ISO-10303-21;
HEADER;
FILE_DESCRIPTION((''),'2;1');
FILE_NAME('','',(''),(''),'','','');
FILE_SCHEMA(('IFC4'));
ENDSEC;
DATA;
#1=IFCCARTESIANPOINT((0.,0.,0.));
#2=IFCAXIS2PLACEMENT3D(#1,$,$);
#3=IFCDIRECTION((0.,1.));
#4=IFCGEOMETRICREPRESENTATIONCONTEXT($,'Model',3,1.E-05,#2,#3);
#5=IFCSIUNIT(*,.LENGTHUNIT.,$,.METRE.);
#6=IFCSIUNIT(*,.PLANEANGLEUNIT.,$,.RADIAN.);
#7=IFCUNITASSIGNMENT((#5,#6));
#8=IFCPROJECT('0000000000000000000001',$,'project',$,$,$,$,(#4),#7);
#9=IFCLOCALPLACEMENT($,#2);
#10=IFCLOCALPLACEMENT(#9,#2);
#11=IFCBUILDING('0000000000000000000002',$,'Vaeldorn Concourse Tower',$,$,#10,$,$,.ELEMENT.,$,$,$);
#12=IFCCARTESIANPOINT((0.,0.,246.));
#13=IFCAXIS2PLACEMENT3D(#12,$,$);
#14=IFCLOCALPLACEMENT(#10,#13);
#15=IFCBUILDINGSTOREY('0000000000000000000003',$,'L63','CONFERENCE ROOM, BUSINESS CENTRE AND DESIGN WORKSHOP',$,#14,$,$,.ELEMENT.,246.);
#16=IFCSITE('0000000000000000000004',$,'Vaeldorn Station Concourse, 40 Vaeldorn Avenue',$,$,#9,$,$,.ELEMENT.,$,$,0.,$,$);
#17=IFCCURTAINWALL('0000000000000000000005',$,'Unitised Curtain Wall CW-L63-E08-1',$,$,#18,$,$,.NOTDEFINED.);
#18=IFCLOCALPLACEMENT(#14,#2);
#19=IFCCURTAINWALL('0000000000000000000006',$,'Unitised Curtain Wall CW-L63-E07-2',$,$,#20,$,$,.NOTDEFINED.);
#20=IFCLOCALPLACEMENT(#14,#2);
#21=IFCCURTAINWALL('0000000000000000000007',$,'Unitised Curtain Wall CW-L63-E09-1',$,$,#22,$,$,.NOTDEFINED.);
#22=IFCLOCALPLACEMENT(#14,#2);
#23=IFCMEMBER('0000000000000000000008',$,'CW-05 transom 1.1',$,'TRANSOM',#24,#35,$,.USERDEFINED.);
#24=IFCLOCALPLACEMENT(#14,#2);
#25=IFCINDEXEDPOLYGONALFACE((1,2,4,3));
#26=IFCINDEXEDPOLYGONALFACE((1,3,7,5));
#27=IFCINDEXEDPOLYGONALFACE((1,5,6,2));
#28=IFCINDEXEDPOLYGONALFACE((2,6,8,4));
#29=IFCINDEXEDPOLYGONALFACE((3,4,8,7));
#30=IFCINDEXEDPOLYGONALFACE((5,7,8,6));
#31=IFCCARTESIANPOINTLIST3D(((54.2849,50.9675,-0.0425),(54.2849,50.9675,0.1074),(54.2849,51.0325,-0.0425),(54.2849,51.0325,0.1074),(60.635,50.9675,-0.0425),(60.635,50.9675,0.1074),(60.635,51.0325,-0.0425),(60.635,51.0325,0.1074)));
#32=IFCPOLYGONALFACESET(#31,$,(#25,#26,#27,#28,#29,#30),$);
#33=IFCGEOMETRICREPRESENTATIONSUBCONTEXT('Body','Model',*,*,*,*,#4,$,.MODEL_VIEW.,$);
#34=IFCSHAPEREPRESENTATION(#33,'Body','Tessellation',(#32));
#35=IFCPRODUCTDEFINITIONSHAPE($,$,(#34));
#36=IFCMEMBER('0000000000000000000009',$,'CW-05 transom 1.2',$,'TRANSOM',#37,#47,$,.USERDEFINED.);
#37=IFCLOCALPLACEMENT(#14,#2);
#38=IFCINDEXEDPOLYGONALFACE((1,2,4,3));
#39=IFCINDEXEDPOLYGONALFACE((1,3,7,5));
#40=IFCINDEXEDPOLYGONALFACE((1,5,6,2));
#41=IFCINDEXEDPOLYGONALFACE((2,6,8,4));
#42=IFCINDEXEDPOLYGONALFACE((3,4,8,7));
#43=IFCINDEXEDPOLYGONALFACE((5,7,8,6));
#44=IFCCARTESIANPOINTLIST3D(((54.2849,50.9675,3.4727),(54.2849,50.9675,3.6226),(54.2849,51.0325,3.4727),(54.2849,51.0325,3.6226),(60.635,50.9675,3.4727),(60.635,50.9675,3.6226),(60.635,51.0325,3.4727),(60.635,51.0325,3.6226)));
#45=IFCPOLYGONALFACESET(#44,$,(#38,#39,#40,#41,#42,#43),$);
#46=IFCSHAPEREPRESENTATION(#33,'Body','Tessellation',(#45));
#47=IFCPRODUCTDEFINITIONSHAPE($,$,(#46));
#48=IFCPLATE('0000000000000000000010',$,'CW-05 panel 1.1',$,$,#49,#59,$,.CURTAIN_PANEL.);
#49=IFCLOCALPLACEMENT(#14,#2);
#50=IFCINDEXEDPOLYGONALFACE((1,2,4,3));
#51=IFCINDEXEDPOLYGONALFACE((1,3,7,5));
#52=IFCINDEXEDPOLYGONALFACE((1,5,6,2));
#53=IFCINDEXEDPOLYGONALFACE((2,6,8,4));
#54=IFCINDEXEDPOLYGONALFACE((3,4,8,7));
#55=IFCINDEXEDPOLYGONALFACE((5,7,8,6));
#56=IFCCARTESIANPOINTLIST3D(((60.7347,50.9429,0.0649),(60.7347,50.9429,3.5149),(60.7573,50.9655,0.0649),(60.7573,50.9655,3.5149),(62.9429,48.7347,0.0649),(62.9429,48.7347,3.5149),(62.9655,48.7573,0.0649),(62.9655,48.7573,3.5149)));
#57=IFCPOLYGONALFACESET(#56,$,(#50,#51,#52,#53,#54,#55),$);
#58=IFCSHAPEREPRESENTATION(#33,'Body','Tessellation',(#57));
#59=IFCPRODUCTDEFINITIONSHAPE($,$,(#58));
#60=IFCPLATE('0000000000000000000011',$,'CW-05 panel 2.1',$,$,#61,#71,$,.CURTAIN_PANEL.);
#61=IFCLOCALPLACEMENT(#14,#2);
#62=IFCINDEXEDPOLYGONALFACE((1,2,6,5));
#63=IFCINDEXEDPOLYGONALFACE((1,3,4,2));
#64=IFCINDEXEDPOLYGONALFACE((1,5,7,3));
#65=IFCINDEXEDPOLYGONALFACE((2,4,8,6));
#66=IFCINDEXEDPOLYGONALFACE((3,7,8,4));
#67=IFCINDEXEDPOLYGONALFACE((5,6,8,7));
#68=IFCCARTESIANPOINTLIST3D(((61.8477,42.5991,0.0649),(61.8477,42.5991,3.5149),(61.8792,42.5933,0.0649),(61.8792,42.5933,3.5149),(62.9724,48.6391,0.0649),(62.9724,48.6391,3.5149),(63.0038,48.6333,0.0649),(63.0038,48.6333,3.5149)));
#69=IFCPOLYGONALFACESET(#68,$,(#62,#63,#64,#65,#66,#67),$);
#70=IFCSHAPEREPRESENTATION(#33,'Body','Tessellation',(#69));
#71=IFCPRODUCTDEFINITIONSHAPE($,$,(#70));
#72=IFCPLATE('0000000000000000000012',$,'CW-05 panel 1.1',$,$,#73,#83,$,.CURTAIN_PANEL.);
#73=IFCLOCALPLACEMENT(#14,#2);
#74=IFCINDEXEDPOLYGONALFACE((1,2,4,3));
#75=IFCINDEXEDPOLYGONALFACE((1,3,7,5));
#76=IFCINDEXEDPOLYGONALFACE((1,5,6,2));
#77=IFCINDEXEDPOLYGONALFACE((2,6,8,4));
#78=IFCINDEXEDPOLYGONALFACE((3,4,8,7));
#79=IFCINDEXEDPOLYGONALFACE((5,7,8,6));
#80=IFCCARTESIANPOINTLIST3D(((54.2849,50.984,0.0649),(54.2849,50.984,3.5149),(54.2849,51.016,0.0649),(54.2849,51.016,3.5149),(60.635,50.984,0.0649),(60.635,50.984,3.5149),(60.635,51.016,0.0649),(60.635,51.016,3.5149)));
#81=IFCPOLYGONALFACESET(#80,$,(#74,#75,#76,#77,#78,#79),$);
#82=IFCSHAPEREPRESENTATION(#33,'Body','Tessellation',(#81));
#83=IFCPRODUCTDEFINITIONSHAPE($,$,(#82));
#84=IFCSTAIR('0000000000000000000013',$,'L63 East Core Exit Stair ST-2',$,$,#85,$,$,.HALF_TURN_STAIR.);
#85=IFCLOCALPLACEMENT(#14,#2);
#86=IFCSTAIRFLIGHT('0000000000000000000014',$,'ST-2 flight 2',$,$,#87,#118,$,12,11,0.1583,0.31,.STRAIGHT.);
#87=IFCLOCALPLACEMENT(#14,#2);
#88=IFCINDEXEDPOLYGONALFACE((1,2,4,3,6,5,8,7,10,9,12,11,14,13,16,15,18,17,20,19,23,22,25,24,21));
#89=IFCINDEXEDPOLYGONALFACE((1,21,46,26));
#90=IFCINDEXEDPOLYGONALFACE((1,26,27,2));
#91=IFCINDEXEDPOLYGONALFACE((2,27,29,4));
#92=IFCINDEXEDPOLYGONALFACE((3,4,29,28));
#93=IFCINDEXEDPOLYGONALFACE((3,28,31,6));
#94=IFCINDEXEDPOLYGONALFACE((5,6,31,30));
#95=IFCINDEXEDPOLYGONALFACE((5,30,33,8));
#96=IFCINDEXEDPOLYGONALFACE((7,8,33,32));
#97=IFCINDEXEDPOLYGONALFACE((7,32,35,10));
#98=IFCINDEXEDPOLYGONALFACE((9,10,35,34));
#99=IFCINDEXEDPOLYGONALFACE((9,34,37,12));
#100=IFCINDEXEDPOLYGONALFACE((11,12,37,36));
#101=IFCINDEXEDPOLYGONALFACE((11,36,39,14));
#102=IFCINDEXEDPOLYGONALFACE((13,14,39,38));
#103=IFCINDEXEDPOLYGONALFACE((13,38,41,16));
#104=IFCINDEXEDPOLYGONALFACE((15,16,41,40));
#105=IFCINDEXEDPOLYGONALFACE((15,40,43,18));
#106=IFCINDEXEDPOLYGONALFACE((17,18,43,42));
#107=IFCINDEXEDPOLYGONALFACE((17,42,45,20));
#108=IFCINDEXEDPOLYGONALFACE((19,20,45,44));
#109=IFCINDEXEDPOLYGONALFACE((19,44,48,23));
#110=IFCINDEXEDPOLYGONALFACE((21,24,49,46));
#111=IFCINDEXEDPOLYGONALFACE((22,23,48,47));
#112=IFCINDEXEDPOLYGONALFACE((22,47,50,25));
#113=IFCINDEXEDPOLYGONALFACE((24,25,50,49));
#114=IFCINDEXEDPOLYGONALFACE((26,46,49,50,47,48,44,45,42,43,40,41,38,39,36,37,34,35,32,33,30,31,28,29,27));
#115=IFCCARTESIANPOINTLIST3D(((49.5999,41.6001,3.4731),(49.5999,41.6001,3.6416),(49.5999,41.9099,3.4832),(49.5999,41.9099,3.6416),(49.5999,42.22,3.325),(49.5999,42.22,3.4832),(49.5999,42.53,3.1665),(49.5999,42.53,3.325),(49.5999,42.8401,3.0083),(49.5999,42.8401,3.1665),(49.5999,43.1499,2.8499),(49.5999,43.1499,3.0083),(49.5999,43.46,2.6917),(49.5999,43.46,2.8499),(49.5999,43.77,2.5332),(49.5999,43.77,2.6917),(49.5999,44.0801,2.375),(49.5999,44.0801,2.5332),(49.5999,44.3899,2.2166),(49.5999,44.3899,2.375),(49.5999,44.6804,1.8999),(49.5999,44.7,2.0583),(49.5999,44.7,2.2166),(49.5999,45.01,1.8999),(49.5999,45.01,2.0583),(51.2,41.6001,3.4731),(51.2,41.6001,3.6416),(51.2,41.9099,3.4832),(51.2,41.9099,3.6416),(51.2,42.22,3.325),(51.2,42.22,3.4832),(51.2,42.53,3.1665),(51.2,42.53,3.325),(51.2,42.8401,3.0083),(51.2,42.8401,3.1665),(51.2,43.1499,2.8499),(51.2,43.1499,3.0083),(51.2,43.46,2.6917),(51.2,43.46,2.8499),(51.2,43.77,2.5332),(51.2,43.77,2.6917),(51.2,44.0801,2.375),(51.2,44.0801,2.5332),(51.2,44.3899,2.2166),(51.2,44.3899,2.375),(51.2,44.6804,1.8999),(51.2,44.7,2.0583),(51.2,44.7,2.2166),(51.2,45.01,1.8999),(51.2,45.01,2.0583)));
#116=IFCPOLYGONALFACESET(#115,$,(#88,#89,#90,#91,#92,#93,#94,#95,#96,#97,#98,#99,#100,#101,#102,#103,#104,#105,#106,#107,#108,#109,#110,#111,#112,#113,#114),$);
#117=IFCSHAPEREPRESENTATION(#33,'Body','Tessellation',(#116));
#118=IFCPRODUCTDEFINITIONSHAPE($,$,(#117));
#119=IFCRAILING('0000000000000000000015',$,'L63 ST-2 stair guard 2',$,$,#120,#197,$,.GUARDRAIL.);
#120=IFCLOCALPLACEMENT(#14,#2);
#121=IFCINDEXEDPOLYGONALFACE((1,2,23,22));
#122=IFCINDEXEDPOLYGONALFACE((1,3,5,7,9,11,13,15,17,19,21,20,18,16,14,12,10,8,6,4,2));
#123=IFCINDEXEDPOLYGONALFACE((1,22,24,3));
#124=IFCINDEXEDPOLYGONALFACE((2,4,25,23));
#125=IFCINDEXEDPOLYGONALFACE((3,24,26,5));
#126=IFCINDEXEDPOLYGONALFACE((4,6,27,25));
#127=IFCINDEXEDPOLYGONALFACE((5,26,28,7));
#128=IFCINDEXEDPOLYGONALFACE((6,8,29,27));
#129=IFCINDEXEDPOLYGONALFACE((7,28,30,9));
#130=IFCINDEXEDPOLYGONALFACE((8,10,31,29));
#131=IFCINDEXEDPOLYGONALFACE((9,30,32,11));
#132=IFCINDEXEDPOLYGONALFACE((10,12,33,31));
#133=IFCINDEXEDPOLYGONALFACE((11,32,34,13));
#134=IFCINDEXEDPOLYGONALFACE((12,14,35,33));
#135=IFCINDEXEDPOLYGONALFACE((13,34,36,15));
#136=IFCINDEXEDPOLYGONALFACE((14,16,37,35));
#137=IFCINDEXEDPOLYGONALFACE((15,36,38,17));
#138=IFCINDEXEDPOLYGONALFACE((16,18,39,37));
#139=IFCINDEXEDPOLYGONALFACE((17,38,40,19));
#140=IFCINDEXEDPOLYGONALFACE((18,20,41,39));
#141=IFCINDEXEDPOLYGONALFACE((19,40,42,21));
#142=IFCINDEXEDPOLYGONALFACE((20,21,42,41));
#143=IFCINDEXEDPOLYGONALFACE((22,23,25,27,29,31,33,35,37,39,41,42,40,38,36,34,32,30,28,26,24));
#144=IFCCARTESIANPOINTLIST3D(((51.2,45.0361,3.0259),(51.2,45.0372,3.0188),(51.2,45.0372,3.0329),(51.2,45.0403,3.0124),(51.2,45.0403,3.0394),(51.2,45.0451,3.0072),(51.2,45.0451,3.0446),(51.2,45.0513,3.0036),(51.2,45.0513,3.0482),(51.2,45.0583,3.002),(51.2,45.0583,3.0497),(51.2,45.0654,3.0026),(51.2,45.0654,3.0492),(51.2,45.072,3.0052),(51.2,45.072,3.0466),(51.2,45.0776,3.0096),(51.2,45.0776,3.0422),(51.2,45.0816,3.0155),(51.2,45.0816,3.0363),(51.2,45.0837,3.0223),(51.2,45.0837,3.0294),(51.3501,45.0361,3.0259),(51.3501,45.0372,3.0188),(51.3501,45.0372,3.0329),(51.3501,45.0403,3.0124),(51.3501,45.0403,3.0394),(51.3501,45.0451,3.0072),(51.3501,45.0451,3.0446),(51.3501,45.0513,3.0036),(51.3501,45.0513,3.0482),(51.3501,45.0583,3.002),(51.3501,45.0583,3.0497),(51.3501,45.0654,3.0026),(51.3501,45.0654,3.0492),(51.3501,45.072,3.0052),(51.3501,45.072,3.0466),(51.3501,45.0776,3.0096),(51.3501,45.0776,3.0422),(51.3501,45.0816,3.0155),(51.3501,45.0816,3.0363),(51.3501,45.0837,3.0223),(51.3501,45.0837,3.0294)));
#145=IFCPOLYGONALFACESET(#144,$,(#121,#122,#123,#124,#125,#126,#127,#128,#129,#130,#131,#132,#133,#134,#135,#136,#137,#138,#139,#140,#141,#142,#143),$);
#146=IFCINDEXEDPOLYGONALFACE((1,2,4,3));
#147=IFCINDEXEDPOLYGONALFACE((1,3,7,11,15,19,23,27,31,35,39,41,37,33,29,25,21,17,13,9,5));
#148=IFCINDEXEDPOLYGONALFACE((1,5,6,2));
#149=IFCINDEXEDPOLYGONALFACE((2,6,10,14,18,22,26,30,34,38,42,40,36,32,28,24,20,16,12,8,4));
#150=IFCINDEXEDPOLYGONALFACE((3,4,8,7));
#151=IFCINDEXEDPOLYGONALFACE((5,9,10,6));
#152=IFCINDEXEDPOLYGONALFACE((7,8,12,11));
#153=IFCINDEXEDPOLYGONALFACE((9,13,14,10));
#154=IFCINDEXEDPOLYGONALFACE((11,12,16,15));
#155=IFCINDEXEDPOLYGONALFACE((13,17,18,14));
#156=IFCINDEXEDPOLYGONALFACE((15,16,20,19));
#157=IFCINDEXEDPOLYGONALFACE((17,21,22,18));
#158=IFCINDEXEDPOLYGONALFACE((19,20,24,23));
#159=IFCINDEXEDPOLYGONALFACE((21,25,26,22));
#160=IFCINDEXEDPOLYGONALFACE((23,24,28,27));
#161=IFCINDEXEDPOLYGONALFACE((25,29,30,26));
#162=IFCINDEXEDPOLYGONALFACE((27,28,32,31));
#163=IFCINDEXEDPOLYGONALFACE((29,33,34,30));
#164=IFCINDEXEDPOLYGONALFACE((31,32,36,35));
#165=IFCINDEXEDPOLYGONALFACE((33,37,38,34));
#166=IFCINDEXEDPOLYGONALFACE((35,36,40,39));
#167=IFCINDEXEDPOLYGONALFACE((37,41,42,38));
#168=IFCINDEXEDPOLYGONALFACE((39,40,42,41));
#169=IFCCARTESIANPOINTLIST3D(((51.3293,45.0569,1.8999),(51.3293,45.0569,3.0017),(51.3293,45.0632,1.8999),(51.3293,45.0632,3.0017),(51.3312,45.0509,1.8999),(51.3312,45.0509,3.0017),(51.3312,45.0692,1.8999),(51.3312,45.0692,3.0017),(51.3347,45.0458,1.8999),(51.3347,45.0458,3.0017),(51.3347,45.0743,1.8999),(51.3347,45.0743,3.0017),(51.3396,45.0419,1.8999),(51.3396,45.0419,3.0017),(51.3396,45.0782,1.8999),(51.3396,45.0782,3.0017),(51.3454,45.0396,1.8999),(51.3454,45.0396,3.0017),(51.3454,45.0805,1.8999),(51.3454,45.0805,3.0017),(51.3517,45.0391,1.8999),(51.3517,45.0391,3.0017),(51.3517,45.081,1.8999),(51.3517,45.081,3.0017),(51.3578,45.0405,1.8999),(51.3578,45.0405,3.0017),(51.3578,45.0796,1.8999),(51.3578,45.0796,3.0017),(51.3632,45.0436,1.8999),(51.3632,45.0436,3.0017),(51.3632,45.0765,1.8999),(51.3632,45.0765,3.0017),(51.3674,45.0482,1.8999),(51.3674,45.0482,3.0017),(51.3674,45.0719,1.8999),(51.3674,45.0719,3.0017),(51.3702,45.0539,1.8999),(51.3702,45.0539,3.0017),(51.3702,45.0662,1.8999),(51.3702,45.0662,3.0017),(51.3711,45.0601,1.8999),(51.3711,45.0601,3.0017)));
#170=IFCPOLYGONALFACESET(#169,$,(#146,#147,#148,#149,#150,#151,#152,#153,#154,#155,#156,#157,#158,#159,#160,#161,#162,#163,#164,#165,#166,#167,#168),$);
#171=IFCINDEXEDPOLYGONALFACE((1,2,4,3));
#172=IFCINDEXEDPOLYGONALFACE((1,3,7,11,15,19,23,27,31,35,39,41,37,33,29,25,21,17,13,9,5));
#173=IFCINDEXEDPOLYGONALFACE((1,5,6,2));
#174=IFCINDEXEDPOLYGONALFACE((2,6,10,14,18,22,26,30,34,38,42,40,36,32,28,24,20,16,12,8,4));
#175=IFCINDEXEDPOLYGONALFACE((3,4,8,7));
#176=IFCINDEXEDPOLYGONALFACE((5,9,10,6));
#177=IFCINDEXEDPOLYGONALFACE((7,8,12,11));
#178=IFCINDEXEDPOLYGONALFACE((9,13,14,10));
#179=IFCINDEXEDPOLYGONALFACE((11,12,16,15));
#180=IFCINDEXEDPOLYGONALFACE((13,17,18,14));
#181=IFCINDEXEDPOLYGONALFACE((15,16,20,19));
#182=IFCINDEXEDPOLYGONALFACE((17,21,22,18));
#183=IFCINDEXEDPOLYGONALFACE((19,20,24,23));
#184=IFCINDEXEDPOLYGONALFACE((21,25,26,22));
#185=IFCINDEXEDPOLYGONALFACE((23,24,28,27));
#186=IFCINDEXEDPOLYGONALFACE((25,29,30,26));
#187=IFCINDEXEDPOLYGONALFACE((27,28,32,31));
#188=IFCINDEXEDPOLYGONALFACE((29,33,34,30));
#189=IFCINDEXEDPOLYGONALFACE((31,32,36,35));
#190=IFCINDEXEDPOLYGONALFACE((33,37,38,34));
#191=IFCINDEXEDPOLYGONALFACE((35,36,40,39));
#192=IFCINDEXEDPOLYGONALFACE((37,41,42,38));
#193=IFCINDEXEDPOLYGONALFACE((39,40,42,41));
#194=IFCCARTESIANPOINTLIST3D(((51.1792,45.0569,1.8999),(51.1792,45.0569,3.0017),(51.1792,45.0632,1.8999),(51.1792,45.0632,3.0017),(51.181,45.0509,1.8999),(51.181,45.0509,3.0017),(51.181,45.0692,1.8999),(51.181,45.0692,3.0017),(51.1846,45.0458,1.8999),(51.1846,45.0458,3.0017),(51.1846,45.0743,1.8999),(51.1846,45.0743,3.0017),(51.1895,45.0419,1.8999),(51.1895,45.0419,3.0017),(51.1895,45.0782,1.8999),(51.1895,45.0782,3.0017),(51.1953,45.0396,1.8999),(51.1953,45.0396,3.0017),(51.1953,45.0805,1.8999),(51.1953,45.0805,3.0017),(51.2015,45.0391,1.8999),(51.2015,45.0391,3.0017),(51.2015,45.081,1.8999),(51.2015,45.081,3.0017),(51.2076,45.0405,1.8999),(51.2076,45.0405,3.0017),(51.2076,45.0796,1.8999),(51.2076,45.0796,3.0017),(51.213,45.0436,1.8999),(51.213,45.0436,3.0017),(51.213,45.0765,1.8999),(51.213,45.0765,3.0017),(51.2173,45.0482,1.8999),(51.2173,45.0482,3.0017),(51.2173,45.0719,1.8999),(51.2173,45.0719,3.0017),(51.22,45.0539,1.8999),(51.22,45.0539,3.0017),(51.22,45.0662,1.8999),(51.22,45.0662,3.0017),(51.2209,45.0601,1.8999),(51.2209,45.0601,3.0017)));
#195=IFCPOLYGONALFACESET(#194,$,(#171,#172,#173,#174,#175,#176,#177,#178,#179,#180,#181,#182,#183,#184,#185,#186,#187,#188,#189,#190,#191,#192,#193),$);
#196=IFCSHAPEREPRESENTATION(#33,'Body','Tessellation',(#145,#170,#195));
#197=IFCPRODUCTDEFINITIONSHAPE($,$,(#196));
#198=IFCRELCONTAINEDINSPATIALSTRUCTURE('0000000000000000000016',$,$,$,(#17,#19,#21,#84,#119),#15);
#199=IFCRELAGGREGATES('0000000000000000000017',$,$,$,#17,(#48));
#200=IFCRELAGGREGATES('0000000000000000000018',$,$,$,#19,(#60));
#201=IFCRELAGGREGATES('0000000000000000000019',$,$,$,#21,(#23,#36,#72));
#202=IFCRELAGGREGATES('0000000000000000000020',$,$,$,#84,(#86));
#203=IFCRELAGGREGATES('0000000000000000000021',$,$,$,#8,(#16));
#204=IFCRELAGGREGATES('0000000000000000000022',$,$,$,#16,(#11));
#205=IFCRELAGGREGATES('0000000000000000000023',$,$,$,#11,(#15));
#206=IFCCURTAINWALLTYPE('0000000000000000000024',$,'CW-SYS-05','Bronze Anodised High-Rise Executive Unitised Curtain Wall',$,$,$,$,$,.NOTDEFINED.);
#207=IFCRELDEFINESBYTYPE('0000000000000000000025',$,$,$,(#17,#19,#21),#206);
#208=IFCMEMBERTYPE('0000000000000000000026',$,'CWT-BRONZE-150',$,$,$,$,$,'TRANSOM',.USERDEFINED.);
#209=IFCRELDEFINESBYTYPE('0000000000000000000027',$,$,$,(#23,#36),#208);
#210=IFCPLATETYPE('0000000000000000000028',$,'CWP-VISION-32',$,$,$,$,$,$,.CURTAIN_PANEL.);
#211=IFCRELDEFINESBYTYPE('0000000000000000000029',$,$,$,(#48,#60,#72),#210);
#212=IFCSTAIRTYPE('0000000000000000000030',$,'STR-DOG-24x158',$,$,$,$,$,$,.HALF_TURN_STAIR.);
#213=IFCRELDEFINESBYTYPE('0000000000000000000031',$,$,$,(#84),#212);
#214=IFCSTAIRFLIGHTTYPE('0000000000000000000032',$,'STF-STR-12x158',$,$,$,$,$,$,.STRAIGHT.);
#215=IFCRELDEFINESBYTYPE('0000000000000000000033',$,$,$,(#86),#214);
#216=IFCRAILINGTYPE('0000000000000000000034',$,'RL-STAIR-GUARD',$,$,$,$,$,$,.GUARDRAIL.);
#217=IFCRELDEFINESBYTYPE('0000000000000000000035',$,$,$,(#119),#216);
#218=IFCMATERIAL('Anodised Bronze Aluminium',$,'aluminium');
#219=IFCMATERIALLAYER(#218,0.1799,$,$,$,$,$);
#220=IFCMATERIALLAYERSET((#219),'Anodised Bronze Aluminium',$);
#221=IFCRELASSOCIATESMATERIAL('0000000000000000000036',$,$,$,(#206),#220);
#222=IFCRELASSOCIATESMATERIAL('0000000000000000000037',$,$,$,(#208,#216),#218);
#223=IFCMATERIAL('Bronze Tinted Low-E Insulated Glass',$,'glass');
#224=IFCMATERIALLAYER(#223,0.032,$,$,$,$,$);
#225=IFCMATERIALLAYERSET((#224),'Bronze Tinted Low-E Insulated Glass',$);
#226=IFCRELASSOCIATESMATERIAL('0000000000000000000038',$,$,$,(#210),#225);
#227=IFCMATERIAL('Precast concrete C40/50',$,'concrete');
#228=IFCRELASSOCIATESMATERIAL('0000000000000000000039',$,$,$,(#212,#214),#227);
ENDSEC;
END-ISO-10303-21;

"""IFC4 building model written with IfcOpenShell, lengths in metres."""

from ifc_helpers import new_model, si_unit, direction, frame, origin, origin_2d, place, context, subcontext, project, spatial, polyline, rectangle, circle, outline, extrude, source, transform, mapped, material, layer, layer_set, material_profile, profile_set, type_object, element, aggregate, save


model = new_model("IFC4")

# Units and contexts
model_context = context("Model", 3, precision=1e-05, world=origin(), true_north=direction((0.0, 1.0)))
body_context = subcontext(model_context, "Body", "Model", "MODEL_VIEW")
ifc_project = project(units=[si_unit("LENGTHUNIT", "METRE"), si_unit("PLANEANGLEUNIT", "RADIAN")], contexts=[model_context])

# Site, building, storey
site_placement = place(None, origin())
site = spatial("IfcSite", under=ifc_project, at=site_placement, Name="Vaeldorn Station Concourse, 40 Vaeldorn Avenue", CompositionType="ELEMENT", RefElevation=0.0)
building_placement = place(site_placement, origin())
building = spatial("IfcBuilding", under=site, at=building_placement, Name="Vaeldorn Concourse Tower", CompositionType="ELEMENT")
storey_placement = place(building_placement, frame((0.0, 0.0, 246.0)))
storey = spatial("IfcBuildingStorey", under=building, at=storey_placement, Name="L63", Description="CONFERENCE ROOM, BUSINESS CENTRE AND DESIGN WORKSHOP", CompositionType="ELEMENT", Elevation=246.0)

# Curtain wall
ifc_material_1 = material(Name="Anodised Bronze Aluminium", Category="aluminium")
ifc_layer_1 = layer(ifc_material_1, 0.1799)
ifc_layer_set_1 = layer_set([ifc_layer_1], Name="Anodised Bronze Aluminium")
curtain_wall_type = type_object("IfcCurtainWallType", Name="CW-SYS-05", Description="Bronze Anodised High-Rise Executive Unitised Curtain Wall", PredefinedType="NOTDEFINED", material=ifc_layer_set_1)
curtain_wall_1_placement = place(storey_placement, origin())
curtain_wall_1 = element("IfcCurtainWall", 1, at=curtain_wall_1_placement, inside=storey, type_object=curtain_wall_type, Name="Unitised Curtain Wall CW-L63-E08-1", PredefinedType="NOTDEFINED")
ifc_material_profile_1 = material_profile(ifc_material_1, rectangle(XDim=0.0649, YDim=0.1499, at=origin_2d()), Name="CWT 65x150")
ifc_profile_set_1 = profile_set([ifc_material_profile_1], Name="Anodised Bronze Aluminium")
member_type_1 = type_object("IfcMemberType", Name="CWT-BRONZE-150", ElementType="TRANSOM", PredefinedType="USERDEFINED", material=ifc_profile_set_1)

# Curtain wall
curtain_wall_2_placement = place(storey_placement, origin())
curtain_wall_2 = element("IfcCurtainWall", 2, at=curtain_wall_2_placement, inside=storey, type_object=curtain_wall_type, Name="Unitised Curtain Wall CW-L63-E07-2", PredefinedType="NOTDEFINED")

# Curtain wall, members
curtain_wall_3_placement = place(storey_placement, origin())
curtain_wall_3 = element("IfcCurtainWall", 3, at=curtain_wall_3_placement, inside=storey, type_object=curtain_wall_type, Name="Unitised Curtain Wall CW-L63-E09-1", PredefinedType="NOTDEFINED")
shared_shape_1 = source(origin(), body_context, "Body", "SweptSolid", [
    extrude(rectangle(XDim=0.0649, YDim=0.1499, at=origin_2d()), origin(), (0.0, 0.0, 1.0), 6.3501),
])
member_1_placement = place(storey_placement, frame((60.635, 51.0, 0.0325), z_axis=(-1.0, 0.0, 0.0), x_axis=(0.0, -1.0, 0.0)))
member_1 = element("IfcMember", 4, at=member_1_placement, type_object=member_type_1, Name="CW-05 transom 1.1", ObjectType="TRANSOM", PredefinedType="USERDEFINED", context=body_context, shape_type="MappedRepresentation", body=[
    mapped(shared_shape_1, transform((0.0, 0.0, 0.0), scale=1.0)),
])
member_2_placement = place(storey_placement, frame((60.635, 51.0, 3.5476), z_axis=(-1.0, 0.0, 0.0), x_axis=(0.0, -1.0, 0.0)))
member_2 = element("IfcMember", 5, at=member_2_placement, type_object=member_type_1, Name="CW-05 transom 1.2", ObjectType="TRANSOM", PredefinedType="USERDEFINED", context=body_context, shape_type="MappedRepresentation", body=[
    mapped(shared_shape_1, transform((0.0, 0.0, 0.0), scale=1.0)),
])

# Plates
ifc_material_2 = material(Name="Bronze Tinted Low-E Insulated Glass", Category="glass")
ifc_layer_2 = layer(ifc_material_2, 0.032)
ifc_layer_set_2 = layer_set([ifc_layer_2], Name="Bronze Tinted Low-E Insulated Glass")
plate_type = type_object("IfcPlateType", Name="CWP-VISION-32", PredefinedType="CURTAIN_PANEL", material=ifc_layer_set_2)
shared_shape_2 = source(origin(), body_context, "Body", "SweptSolid", [
    extrude(rectangle(XDim=3.1228, YDim=0.032, at=origin_2d()), origin(), (0.0, 0.0, 1.0), 3.45),
])
plate_1_placement = place(storey_placement, frame((61.8501, 49.8501, 0.0649), z_axis=(0.0, 0.0, 1.0), x_axis=(-0.707107, 0.707107, 0.0)))
plate_1 = element("IfcPlate", 6, at=plate_1_placement, type_object=plate_type, Name="CW-05 panel 1.1", PredefinedType="CURTAIN_PANEL", context=body_context, shape_type="MappedRepresentation", body=[
    mapped(shared_shape_2, transform((0.0, 0.0, 0.0), scale=1.0)),
])
aggregate(curtain_wall_1, [plate_1])
shared_shape_3 = source(origin(), body_context, "Body", "SweptSolid", [
    extrude(rectangle(XDim=6.1438, YDim=0.032, at=origin_2d()), origin(), (0.0, 0.0, 1.0), 3.45),
])
plate_2_placement = place(storey_placement, frame((62.4258, 45.6162, 0.0649), z_axis=(0.0, 0.0, 1.0), x_axis=(0.183054, 0.983103, 0.0)))
plate_2 = element("IfcPlate", 7, at=plate_2_placement, type_object=plate_type, Name="CW-05 panel 2.1", PredefinedType="CURTAIN_PANEL", context=body_context, shape_type="MappedRepresentation", body=[
    mapped(shared_shape_3, transform((0.0, 0.0, 0.0), scale=1.0)),
])
aggregate(curtain_wall_2, [plate_2])
shared_shape_4 = source(origin(), body_context, "Body", "SweptSolid", [
    extrude(rectangle(XDim=6.3501, YDim=0.032, at=origin_2d()), origin(), (0.0, 0.0, 1.0), 3.45),
])
plate_3_placement = place(storey_placement, frame((57.46, 51.0, 0.0649), z_axis=(0.0, 0.0, 1.0), x_axis=(-1.0, 0.0, 0.0)))
plate_3 = element("IfcPlate", 8, at=plate_3_placement, type_object=plate_type, Name="CW-05 panel 1.1", PredefinedType="CURTAIN_PANEL", context=body_context, shape_type="MappedRepresentation", body=[
    mapped(shared_shape_4, transform((0.0, 0.0, 0.0), scale=1.0)),
])
aggregate(curtain_wall_3, [member_1, member_2, plate_3])

# Stair, stair flight
ifc_material_3 = material(Name="Precast concrete C40/50", Category="concrete")
stair_type = type_object("IfcStairType", Name="STR-DOG-24x158", PredefinedType="HALF_TURN_STAIR", material=ifc_material_3)
stair_placement = place(storey_placement, origin())
stair = element("IfcStair", 9, at=stair_placement, inside=storey, type_object=stair_type, Name="L63 East Core Exit Stair ST-2", PredefinedType="HALF_TURN_STAIR")
stair_flight_type = type_object("IfcStairFlightType", Name="STF-STR-12x158", PredefinedType="STRAIGHT", material=ifc_material_3)
stair_flight_placement = place(storey_placement, frame((50.3999, 45.01, 1.8999), z_axis=(0.0, 0.0, 1.0), x_axis=(0.0, -1.0, 0.0)))
stair_flight = element("IfcStairFlight", 10, at=stair_flight_placement, type_object=stair_flight_type, Name="ST-2 flight 2", NumberOfRisers=12, NumberOfTreads=11, PredefinedType="STRAIGHT", RiserHeight=0.1583, TreadLength=0.31, context=body_context, shape_type="SweptSolid", body=[
    extrude(outline(polyline([(0.0, 0.0), (0.0, 0.1584), (0.3101, 0.1584), (0.3101, 0.3167), (0.6201, 0.3167), (0.6201, 0.4751), (0.9299, 0.4751), (0.9299, 0.6333), (1.24, 0.6333), (1.24, 0.7917), (1.55, 0.7917), (1.55, 0.95), (1.8601, 0.95), (1.8601, 1.1084), (2.1699, 1.1084), (2.1699, 1.2666), (2.48, 1.2666), (2.48, 1.425), (2.79, 1.425), (2.79, 1.5833), (3.1001, 1.5833), (3.1001, 1.7417), (3.4099, 1.7417), (3.4099, 1.8999), (3.4099, 1.5732), (0.3296, 0.0), (0.0, 0.0)])), frame((0.0, 0.8, 0.0), z_axis=(0.0, -1.0, 0.0), x_axis=(1.0, 0.0, 0.0)), (0.0, 0.0, 1.0), 1.6001),
])
aggregate(stair, [stair_flight])

# Railing
railing_type_1 = type_object("IfcRailingType", Name="RL-STAIR-GUARD", PredefinedType="GUARDRAIL", material=ifc_material_1)
railing_1_placement = place(storey_placement, frame((51.3501, 45.0601, 1.8999)))
element("IfcRailing", 11, at=railing_1_placement, inside=storey, type_object=railing_type_1, Name="L63 ST-2 stair guard 2", PredefinedType="GUARDRAIL", context=body_context, shape_type="SweptSolid", body=[
    extrude(circle(Radius=0.0239, at=origin_2d()), frame((0.0, 0.0, 1.126), z_axis=(-1.0, 0.0, 0.0), x_axis=(0.0, -1.0, 0.0)), (0.0, 0.0, 1.0), 0.1501),
    extrude(circle(Radius=0.021, at=origin_2d()), origin(), (0.0, 0.0, 1.0), 1.1018),
    extrude(circle(Radius=0.021, at=origin_2d()), frame((-0.1501, 0.0, 0.0)), (0.0, 0.0, 1.0), 1.1018),
])

save(model, "model.ifc")
